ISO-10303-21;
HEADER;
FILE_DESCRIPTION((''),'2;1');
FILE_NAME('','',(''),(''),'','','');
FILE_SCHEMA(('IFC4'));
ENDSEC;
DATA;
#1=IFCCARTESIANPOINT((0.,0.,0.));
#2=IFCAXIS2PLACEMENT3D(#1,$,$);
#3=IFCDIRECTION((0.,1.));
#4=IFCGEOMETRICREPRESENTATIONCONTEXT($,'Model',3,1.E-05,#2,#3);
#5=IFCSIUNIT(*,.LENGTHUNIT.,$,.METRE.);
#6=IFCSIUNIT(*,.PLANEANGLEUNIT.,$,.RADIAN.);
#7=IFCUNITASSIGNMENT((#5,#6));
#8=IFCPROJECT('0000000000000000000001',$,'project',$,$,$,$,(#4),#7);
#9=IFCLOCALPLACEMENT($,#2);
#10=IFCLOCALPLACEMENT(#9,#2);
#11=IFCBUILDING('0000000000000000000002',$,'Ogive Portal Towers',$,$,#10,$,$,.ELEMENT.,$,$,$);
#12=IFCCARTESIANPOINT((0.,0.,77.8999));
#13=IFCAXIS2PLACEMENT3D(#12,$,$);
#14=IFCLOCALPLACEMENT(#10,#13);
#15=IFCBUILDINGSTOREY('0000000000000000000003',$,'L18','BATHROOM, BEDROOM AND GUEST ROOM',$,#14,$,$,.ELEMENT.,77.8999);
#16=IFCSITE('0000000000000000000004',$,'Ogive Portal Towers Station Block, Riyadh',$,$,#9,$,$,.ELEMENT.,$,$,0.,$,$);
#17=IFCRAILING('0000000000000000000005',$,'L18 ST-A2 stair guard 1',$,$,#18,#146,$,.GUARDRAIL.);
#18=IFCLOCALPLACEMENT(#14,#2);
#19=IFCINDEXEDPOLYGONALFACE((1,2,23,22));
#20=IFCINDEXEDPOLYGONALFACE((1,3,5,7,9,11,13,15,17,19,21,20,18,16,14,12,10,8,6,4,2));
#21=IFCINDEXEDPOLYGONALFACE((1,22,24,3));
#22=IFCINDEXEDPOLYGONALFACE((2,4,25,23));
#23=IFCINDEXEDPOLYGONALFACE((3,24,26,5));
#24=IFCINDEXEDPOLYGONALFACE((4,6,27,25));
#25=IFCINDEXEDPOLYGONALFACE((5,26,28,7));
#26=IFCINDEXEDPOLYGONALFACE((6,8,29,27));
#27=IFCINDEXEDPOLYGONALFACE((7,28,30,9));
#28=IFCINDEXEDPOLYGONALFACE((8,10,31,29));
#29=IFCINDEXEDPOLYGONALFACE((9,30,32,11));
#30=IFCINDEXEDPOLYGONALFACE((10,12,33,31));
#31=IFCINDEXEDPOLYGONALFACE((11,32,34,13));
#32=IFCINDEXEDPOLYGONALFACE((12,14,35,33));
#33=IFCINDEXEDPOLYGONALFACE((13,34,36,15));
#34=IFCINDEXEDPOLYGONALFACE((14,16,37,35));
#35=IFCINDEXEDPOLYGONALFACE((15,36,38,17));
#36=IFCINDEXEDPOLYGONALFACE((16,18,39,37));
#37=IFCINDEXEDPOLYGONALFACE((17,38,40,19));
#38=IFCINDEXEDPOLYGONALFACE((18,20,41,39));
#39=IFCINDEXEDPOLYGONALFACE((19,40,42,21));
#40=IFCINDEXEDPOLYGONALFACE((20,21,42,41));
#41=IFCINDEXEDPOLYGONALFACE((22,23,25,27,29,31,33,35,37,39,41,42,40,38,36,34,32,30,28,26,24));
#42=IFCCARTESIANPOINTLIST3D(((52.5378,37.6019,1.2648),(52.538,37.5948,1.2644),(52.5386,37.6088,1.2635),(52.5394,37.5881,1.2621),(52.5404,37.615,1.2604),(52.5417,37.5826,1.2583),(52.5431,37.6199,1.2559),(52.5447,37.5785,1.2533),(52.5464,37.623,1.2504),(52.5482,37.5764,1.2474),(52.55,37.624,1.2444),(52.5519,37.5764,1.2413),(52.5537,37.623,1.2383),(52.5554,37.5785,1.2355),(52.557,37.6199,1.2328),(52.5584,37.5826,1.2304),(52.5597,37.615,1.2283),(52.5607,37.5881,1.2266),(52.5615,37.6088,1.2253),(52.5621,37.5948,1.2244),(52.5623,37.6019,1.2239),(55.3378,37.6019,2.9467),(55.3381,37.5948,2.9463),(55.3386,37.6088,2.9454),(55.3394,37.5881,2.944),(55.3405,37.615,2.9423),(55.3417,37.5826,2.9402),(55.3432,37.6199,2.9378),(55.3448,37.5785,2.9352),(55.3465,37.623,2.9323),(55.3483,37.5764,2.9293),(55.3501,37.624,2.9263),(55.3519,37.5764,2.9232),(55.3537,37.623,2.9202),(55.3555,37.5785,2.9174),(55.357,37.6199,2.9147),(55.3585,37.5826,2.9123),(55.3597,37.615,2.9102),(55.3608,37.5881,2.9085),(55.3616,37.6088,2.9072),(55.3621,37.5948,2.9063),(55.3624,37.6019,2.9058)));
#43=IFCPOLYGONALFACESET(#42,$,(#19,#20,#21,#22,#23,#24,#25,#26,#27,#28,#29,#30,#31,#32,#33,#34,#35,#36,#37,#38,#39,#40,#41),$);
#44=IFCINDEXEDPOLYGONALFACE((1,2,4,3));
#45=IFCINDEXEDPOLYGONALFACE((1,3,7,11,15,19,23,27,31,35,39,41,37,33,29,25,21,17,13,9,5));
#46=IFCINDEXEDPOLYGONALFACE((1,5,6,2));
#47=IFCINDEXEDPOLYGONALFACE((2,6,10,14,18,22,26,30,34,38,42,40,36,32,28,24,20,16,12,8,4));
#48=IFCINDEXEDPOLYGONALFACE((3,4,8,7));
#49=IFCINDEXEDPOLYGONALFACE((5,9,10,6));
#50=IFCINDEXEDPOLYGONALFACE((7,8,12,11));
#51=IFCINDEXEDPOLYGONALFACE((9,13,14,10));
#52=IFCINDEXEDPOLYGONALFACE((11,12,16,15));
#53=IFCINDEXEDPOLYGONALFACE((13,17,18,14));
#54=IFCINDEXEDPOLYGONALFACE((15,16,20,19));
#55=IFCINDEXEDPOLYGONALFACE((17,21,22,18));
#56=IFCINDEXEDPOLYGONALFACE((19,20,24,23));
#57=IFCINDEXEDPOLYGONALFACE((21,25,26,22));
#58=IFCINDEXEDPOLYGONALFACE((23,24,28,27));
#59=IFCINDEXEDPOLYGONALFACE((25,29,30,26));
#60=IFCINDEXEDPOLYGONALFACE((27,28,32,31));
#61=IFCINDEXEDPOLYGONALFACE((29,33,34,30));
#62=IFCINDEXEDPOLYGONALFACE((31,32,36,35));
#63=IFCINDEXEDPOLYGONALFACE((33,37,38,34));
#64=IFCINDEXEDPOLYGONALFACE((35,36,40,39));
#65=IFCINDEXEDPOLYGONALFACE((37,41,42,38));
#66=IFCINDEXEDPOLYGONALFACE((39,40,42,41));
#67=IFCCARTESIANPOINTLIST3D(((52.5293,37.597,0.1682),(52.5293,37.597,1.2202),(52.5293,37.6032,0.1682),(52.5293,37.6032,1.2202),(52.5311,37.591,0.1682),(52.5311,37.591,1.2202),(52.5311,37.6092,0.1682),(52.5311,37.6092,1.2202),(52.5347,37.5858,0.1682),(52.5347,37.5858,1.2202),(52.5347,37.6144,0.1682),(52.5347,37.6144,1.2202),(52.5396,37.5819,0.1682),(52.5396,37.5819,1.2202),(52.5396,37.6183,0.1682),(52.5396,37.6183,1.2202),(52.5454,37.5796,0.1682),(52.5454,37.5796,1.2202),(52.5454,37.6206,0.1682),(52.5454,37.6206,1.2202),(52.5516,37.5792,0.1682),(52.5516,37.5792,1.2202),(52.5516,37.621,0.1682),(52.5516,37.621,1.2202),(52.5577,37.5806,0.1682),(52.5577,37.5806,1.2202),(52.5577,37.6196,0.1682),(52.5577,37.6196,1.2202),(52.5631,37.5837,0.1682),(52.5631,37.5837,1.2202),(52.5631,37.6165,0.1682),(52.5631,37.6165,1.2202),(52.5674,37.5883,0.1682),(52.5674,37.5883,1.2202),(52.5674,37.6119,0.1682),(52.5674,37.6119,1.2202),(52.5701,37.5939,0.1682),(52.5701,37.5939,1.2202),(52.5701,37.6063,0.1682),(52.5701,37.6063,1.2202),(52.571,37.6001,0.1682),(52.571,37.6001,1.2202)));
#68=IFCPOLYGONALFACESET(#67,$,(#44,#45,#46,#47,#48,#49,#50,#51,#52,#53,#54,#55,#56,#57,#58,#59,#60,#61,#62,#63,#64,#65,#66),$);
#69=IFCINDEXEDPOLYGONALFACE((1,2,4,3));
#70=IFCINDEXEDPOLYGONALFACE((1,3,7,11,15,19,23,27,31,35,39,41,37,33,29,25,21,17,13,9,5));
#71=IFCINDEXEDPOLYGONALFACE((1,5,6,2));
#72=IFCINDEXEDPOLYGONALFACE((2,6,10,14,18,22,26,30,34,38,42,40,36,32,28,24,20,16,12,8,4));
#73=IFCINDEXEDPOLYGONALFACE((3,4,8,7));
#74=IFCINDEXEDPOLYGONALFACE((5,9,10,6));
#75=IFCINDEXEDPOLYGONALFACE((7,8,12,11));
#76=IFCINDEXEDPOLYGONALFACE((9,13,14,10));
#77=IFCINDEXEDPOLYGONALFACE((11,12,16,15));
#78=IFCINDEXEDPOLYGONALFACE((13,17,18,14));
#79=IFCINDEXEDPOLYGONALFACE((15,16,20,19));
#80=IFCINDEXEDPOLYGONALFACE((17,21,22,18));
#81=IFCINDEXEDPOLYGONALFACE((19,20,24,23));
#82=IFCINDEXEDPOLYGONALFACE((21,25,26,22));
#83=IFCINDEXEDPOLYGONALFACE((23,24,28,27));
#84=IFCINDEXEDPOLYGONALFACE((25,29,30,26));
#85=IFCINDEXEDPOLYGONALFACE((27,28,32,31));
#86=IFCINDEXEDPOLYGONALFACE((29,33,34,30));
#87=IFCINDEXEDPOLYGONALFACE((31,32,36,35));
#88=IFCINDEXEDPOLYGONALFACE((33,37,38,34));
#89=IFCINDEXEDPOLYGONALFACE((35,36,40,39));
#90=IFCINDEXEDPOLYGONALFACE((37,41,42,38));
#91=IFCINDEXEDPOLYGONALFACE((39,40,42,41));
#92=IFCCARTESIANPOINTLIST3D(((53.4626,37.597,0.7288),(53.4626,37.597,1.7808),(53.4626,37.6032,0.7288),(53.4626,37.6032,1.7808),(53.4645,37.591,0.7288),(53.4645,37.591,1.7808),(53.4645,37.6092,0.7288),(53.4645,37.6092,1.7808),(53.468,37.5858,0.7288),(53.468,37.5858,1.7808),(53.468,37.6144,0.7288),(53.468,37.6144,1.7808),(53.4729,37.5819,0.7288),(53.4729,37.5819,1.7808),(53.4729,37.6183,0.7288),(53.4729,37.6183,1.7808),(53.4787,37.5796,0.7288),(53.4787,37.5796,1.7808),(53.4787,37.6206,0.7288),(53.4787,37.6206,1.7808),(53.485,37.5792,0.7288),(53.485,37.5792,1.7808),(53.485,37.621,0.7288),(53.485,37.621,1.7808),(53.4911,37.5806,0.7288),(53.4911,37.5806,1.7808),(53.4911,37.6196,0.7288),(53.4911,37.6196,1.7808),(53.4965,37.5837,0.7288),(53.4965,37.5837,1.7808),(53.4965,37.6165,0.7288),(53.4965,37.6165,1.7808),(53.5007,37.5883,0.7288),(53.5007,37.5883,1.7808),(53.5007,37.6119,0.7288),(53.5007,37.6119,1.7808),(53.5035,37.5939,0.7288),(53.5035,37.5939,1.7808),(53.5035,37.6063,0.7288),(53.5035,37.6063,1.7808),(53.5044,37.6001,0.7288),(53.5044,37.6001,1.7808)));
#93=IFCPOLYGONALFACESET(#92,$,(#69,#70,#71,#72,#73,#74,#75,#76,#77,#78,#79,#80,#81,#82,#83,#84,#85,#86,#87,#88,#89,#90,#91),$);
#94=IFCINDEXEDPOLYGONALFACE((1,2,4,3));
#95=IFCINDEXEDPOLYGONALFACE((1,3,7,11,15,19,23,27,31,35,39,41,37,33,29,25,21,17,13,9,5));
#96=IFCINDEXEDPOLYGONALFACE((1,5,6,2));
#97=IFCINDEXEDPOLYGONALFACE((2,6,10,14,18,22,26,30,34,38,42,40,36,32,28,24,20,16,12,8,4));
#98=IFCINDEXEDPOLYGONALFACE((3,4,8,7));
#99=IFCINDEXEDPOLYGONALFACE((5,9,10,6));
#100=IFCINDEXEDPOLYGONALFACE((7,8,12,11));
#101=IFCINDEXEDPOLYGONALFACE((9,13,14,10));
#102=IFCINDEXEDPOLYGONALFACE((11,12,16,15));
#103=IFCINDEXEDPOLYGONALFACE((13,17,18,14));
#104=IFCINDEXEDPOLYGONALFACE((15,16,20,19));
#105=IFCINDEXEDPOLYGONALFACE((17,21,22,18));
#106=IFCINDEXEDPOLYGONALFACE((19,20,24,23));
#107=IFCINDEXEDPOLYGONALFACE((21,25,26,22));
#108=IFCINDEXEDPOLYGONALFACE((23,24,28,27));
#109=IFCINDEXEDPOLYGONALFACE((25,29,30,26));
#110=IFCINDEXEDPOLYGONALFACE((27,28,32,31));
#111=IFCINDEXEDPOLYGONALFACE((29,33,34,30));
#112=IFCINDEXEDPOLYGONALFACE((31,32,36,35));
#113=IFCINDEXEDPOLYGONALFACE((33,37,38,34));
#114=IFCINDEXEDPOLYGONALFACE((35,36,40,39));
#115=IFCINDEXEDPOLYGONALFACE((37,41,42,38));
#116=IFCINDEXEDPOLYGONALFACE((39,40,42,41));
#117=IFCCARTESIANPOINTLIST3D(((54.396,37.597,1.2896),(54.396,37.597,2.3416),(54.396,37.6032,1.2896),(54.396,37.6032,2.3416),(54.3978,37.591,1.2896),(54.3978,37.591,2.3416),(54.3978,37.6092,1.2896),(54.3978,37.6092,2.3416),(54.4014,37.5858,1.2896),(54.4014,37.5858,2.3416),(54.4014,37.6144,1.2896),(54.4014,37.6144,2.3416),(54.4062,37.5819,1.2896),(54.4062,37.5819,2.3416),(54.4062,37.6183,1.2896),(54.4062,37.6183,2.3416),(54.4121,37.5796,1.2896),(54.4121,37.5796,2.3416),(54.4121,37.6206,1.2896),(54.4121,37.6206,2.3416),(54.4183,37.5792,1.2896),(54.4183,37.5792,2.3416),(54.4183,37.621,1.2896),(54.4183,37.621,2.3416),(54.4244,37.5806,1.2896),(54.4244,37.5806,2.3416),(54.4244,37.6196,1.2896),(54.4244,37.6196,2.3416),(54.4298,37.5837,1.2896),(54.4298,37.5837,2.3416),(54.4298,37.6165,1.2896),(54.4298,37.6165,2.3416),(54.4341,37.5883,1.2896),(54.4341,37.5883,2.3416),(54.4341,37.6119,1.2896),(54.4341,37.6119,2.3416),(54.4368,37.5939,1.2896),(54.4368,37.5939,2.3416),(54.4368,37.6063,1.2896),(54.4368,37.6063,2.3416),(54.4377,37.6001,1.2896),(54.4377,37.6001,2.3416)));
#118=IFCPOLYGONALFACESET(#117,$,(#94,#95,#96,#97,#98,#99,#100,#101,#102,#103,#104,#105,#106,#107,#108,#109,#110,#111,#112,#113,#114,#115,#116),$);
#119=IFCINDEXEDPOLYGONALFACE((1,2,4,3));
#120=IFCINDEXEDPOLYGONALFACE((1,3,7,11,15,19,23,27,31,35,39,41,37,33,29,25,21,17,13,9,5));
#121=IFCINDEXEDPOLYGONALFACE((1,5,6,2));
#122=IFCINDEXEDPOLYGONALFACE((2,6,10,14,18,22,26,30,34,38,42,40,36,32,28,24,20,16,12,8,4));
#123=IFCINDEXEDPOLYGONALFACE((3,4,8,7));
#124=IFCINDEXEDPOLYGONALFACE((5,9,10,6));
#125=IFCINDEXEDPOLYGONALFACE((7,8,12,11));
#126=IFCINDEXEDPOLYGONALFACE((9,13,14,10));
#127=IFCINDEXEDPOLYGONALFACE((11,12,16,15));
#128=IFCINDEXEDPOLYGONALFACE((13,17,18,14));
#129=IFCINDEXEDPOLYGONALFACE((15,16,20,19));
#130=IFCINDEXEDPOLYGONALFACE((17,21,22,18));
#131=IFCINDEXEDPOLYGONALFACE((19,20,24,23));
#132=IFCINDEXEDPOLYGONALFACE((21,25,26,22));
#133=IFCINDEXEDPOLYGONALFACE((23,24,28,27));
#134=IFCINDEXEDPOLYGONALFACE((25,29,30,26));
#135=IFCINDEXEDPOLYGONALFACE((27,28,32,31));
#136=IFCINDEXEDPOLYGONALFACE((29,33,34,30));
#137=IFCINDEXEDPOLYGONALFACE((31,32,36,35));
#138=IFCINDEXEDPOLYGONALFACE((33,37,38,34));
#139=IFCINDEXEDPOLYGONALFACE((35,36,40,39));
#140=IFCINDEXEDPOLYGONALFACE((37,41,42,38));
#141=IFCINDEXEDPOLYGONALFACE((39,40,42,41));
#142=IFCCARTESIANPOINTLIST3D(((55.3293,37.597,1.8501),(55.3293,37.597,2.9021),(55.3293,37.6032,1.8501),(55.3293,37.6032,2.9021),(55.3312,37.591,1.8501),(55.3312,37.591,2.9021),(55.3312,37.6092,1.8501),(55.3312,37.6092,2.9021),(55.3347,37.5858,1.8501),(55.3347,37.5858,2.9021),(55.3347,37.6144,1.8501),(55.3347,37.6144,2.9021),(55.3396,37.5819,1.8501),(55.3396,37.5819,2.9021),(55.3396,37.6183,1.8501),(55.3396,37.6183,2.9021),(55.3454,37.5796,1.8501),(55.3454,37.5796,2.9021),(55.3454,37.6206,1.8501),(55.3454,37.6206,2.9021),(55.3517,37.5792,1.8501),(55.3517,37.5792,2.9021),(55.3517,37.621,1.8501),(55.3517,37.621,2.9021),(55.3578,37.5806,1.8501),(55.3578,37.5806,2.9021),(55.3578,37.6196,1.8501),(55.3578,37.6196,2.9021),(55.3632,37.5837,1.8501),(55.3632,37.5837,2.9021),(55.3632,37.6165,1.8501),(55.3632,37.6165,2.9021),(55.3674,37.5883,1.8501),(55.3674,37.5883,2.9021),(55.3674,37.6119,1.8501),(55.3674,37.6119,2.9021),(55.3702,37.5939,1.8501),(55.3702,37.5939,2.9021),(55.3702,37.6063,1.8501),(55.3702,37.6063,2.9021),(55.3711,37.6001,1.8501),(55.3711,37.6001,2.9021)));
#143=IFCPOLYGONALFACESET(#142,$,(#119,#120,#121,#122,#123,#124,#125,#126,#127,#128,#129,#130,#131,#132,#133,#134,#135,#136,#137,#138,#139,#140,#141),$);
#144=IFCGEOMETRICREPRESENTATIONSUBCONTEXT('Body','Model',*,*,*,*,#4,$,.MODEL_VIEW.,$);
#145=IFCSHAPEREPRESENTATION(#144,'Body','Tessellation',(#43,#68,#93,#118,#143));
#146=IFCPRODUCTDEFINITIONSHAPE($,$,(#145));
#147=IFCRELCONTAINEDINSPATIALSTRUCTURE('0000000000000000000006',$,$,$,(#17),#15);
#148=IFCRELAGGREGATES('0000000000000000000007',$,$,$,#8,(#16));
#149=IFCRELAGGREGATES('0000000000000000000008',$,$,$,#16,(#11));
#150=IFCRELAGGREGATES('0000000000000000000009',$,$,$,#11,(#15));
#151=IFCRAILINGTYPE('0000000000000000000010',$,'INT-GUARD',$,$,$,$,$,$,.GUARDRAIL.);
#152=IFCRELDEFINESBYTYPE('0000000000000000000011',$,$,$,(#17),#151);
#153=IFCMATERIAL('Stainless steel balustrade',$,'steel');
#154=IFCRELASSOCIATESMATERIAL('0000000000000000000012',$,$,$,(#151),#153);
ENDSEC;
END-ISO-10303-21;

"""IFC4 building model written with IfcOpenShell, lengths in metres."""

from ifc_helpers import new_model, si_unit, direction, frame, origin, origin_2d, place, context, subcontext, project, spatial, circle, extrude, material, type_object, element, save


model = new_model("IFC4")

# Units and contexts
model_context = context("Model", 3, precision=1e-05, world=origin(), true_north=direction((0.0, 1.0)))
body_context = subcontext(model_context, "Body", "Model", "MODEL_VIEW")
ifc_project = project(units=[si_unit("LENGTHUNIT", "METRE"), si_unit("PLANEANGLEUNIT", "RADIAN")], contexts=[model_context])

# Site, building, storey
site_placement = place(None, origin())
site = spatial("IfcSite", under=ifc_project, at=site_placement, Name="Ogive Portal Towers Station Block, Riyadh", CompositionType="ELEMENT", RefElevation=0.0)
building_placement = place(site_placement, origin())
building = spatial("IfcBuilding", under=site, at=building_placement, Name="Ogive Portal Towers", CompositionType="ELEMENT")
storey_placement = place(building_placement, frame((0.0, 0.0, 77.8999)))
storey = spatial("IfcBuildingStorey", under=building, at=storey_placement, Name="L18", Description="BATHROOM, BEDROOM AND GUEST ROOM", CompositionType="ELEMENT", Elevation=77.8999)

# Railing
ifc_material_1 = material(Name="Stainless steel balustrade", Category="steel")
railing_type_1 = type_object("IfcRailingType", Name="INT-GUARD", PredefinedType="GUARDRAIL", material=ifc_material_1)
railing_1_placement = place(storey_placement, frame((52.55, 37.6001, 0.1682)))
element("IfcRailing", 1, at=railing_1_placement, inside=storey, type_object=railing_type_1, Name="L18 ST-A2 stair guard 1", PredefinedType="GUARDRAIL", context=body_context, shape_type="SweptSolid", body=[
    extrude(circle(Radius=0.0239, at=origin_2d()), frame((0.0, 0.0, 1.0762), z_axis=(0.857242, 0.0, 0.514913), x_axis=(0.0, 1.0, 0.0)), (0.0, 0.0, 1.0), 3.2664),
    extrude(circle(Radius=0.021, at=origin_2d()), origin(), (0.0, 0.0, 1.0), 1.052),
    extrude(circle(Radius=0.021, at=origin_2d()), frame((0.9333, 0.0, 0.5605)), (0.0, 0.0, 1.0), 1.052),
    extrude(circle(Radius=0.021, at=origin_2d()), frame((1.8667, 0.0, 1.1213)), (0.0, 0.0, 1.0), 1.052),
    extrude(circle(Radius=0.021, at=origin_2d()), frame((2.8, 0.0, 1.6819)), (0.0, 0.0, 1.0), 1.052),
])

save(model, "model.ifc")
